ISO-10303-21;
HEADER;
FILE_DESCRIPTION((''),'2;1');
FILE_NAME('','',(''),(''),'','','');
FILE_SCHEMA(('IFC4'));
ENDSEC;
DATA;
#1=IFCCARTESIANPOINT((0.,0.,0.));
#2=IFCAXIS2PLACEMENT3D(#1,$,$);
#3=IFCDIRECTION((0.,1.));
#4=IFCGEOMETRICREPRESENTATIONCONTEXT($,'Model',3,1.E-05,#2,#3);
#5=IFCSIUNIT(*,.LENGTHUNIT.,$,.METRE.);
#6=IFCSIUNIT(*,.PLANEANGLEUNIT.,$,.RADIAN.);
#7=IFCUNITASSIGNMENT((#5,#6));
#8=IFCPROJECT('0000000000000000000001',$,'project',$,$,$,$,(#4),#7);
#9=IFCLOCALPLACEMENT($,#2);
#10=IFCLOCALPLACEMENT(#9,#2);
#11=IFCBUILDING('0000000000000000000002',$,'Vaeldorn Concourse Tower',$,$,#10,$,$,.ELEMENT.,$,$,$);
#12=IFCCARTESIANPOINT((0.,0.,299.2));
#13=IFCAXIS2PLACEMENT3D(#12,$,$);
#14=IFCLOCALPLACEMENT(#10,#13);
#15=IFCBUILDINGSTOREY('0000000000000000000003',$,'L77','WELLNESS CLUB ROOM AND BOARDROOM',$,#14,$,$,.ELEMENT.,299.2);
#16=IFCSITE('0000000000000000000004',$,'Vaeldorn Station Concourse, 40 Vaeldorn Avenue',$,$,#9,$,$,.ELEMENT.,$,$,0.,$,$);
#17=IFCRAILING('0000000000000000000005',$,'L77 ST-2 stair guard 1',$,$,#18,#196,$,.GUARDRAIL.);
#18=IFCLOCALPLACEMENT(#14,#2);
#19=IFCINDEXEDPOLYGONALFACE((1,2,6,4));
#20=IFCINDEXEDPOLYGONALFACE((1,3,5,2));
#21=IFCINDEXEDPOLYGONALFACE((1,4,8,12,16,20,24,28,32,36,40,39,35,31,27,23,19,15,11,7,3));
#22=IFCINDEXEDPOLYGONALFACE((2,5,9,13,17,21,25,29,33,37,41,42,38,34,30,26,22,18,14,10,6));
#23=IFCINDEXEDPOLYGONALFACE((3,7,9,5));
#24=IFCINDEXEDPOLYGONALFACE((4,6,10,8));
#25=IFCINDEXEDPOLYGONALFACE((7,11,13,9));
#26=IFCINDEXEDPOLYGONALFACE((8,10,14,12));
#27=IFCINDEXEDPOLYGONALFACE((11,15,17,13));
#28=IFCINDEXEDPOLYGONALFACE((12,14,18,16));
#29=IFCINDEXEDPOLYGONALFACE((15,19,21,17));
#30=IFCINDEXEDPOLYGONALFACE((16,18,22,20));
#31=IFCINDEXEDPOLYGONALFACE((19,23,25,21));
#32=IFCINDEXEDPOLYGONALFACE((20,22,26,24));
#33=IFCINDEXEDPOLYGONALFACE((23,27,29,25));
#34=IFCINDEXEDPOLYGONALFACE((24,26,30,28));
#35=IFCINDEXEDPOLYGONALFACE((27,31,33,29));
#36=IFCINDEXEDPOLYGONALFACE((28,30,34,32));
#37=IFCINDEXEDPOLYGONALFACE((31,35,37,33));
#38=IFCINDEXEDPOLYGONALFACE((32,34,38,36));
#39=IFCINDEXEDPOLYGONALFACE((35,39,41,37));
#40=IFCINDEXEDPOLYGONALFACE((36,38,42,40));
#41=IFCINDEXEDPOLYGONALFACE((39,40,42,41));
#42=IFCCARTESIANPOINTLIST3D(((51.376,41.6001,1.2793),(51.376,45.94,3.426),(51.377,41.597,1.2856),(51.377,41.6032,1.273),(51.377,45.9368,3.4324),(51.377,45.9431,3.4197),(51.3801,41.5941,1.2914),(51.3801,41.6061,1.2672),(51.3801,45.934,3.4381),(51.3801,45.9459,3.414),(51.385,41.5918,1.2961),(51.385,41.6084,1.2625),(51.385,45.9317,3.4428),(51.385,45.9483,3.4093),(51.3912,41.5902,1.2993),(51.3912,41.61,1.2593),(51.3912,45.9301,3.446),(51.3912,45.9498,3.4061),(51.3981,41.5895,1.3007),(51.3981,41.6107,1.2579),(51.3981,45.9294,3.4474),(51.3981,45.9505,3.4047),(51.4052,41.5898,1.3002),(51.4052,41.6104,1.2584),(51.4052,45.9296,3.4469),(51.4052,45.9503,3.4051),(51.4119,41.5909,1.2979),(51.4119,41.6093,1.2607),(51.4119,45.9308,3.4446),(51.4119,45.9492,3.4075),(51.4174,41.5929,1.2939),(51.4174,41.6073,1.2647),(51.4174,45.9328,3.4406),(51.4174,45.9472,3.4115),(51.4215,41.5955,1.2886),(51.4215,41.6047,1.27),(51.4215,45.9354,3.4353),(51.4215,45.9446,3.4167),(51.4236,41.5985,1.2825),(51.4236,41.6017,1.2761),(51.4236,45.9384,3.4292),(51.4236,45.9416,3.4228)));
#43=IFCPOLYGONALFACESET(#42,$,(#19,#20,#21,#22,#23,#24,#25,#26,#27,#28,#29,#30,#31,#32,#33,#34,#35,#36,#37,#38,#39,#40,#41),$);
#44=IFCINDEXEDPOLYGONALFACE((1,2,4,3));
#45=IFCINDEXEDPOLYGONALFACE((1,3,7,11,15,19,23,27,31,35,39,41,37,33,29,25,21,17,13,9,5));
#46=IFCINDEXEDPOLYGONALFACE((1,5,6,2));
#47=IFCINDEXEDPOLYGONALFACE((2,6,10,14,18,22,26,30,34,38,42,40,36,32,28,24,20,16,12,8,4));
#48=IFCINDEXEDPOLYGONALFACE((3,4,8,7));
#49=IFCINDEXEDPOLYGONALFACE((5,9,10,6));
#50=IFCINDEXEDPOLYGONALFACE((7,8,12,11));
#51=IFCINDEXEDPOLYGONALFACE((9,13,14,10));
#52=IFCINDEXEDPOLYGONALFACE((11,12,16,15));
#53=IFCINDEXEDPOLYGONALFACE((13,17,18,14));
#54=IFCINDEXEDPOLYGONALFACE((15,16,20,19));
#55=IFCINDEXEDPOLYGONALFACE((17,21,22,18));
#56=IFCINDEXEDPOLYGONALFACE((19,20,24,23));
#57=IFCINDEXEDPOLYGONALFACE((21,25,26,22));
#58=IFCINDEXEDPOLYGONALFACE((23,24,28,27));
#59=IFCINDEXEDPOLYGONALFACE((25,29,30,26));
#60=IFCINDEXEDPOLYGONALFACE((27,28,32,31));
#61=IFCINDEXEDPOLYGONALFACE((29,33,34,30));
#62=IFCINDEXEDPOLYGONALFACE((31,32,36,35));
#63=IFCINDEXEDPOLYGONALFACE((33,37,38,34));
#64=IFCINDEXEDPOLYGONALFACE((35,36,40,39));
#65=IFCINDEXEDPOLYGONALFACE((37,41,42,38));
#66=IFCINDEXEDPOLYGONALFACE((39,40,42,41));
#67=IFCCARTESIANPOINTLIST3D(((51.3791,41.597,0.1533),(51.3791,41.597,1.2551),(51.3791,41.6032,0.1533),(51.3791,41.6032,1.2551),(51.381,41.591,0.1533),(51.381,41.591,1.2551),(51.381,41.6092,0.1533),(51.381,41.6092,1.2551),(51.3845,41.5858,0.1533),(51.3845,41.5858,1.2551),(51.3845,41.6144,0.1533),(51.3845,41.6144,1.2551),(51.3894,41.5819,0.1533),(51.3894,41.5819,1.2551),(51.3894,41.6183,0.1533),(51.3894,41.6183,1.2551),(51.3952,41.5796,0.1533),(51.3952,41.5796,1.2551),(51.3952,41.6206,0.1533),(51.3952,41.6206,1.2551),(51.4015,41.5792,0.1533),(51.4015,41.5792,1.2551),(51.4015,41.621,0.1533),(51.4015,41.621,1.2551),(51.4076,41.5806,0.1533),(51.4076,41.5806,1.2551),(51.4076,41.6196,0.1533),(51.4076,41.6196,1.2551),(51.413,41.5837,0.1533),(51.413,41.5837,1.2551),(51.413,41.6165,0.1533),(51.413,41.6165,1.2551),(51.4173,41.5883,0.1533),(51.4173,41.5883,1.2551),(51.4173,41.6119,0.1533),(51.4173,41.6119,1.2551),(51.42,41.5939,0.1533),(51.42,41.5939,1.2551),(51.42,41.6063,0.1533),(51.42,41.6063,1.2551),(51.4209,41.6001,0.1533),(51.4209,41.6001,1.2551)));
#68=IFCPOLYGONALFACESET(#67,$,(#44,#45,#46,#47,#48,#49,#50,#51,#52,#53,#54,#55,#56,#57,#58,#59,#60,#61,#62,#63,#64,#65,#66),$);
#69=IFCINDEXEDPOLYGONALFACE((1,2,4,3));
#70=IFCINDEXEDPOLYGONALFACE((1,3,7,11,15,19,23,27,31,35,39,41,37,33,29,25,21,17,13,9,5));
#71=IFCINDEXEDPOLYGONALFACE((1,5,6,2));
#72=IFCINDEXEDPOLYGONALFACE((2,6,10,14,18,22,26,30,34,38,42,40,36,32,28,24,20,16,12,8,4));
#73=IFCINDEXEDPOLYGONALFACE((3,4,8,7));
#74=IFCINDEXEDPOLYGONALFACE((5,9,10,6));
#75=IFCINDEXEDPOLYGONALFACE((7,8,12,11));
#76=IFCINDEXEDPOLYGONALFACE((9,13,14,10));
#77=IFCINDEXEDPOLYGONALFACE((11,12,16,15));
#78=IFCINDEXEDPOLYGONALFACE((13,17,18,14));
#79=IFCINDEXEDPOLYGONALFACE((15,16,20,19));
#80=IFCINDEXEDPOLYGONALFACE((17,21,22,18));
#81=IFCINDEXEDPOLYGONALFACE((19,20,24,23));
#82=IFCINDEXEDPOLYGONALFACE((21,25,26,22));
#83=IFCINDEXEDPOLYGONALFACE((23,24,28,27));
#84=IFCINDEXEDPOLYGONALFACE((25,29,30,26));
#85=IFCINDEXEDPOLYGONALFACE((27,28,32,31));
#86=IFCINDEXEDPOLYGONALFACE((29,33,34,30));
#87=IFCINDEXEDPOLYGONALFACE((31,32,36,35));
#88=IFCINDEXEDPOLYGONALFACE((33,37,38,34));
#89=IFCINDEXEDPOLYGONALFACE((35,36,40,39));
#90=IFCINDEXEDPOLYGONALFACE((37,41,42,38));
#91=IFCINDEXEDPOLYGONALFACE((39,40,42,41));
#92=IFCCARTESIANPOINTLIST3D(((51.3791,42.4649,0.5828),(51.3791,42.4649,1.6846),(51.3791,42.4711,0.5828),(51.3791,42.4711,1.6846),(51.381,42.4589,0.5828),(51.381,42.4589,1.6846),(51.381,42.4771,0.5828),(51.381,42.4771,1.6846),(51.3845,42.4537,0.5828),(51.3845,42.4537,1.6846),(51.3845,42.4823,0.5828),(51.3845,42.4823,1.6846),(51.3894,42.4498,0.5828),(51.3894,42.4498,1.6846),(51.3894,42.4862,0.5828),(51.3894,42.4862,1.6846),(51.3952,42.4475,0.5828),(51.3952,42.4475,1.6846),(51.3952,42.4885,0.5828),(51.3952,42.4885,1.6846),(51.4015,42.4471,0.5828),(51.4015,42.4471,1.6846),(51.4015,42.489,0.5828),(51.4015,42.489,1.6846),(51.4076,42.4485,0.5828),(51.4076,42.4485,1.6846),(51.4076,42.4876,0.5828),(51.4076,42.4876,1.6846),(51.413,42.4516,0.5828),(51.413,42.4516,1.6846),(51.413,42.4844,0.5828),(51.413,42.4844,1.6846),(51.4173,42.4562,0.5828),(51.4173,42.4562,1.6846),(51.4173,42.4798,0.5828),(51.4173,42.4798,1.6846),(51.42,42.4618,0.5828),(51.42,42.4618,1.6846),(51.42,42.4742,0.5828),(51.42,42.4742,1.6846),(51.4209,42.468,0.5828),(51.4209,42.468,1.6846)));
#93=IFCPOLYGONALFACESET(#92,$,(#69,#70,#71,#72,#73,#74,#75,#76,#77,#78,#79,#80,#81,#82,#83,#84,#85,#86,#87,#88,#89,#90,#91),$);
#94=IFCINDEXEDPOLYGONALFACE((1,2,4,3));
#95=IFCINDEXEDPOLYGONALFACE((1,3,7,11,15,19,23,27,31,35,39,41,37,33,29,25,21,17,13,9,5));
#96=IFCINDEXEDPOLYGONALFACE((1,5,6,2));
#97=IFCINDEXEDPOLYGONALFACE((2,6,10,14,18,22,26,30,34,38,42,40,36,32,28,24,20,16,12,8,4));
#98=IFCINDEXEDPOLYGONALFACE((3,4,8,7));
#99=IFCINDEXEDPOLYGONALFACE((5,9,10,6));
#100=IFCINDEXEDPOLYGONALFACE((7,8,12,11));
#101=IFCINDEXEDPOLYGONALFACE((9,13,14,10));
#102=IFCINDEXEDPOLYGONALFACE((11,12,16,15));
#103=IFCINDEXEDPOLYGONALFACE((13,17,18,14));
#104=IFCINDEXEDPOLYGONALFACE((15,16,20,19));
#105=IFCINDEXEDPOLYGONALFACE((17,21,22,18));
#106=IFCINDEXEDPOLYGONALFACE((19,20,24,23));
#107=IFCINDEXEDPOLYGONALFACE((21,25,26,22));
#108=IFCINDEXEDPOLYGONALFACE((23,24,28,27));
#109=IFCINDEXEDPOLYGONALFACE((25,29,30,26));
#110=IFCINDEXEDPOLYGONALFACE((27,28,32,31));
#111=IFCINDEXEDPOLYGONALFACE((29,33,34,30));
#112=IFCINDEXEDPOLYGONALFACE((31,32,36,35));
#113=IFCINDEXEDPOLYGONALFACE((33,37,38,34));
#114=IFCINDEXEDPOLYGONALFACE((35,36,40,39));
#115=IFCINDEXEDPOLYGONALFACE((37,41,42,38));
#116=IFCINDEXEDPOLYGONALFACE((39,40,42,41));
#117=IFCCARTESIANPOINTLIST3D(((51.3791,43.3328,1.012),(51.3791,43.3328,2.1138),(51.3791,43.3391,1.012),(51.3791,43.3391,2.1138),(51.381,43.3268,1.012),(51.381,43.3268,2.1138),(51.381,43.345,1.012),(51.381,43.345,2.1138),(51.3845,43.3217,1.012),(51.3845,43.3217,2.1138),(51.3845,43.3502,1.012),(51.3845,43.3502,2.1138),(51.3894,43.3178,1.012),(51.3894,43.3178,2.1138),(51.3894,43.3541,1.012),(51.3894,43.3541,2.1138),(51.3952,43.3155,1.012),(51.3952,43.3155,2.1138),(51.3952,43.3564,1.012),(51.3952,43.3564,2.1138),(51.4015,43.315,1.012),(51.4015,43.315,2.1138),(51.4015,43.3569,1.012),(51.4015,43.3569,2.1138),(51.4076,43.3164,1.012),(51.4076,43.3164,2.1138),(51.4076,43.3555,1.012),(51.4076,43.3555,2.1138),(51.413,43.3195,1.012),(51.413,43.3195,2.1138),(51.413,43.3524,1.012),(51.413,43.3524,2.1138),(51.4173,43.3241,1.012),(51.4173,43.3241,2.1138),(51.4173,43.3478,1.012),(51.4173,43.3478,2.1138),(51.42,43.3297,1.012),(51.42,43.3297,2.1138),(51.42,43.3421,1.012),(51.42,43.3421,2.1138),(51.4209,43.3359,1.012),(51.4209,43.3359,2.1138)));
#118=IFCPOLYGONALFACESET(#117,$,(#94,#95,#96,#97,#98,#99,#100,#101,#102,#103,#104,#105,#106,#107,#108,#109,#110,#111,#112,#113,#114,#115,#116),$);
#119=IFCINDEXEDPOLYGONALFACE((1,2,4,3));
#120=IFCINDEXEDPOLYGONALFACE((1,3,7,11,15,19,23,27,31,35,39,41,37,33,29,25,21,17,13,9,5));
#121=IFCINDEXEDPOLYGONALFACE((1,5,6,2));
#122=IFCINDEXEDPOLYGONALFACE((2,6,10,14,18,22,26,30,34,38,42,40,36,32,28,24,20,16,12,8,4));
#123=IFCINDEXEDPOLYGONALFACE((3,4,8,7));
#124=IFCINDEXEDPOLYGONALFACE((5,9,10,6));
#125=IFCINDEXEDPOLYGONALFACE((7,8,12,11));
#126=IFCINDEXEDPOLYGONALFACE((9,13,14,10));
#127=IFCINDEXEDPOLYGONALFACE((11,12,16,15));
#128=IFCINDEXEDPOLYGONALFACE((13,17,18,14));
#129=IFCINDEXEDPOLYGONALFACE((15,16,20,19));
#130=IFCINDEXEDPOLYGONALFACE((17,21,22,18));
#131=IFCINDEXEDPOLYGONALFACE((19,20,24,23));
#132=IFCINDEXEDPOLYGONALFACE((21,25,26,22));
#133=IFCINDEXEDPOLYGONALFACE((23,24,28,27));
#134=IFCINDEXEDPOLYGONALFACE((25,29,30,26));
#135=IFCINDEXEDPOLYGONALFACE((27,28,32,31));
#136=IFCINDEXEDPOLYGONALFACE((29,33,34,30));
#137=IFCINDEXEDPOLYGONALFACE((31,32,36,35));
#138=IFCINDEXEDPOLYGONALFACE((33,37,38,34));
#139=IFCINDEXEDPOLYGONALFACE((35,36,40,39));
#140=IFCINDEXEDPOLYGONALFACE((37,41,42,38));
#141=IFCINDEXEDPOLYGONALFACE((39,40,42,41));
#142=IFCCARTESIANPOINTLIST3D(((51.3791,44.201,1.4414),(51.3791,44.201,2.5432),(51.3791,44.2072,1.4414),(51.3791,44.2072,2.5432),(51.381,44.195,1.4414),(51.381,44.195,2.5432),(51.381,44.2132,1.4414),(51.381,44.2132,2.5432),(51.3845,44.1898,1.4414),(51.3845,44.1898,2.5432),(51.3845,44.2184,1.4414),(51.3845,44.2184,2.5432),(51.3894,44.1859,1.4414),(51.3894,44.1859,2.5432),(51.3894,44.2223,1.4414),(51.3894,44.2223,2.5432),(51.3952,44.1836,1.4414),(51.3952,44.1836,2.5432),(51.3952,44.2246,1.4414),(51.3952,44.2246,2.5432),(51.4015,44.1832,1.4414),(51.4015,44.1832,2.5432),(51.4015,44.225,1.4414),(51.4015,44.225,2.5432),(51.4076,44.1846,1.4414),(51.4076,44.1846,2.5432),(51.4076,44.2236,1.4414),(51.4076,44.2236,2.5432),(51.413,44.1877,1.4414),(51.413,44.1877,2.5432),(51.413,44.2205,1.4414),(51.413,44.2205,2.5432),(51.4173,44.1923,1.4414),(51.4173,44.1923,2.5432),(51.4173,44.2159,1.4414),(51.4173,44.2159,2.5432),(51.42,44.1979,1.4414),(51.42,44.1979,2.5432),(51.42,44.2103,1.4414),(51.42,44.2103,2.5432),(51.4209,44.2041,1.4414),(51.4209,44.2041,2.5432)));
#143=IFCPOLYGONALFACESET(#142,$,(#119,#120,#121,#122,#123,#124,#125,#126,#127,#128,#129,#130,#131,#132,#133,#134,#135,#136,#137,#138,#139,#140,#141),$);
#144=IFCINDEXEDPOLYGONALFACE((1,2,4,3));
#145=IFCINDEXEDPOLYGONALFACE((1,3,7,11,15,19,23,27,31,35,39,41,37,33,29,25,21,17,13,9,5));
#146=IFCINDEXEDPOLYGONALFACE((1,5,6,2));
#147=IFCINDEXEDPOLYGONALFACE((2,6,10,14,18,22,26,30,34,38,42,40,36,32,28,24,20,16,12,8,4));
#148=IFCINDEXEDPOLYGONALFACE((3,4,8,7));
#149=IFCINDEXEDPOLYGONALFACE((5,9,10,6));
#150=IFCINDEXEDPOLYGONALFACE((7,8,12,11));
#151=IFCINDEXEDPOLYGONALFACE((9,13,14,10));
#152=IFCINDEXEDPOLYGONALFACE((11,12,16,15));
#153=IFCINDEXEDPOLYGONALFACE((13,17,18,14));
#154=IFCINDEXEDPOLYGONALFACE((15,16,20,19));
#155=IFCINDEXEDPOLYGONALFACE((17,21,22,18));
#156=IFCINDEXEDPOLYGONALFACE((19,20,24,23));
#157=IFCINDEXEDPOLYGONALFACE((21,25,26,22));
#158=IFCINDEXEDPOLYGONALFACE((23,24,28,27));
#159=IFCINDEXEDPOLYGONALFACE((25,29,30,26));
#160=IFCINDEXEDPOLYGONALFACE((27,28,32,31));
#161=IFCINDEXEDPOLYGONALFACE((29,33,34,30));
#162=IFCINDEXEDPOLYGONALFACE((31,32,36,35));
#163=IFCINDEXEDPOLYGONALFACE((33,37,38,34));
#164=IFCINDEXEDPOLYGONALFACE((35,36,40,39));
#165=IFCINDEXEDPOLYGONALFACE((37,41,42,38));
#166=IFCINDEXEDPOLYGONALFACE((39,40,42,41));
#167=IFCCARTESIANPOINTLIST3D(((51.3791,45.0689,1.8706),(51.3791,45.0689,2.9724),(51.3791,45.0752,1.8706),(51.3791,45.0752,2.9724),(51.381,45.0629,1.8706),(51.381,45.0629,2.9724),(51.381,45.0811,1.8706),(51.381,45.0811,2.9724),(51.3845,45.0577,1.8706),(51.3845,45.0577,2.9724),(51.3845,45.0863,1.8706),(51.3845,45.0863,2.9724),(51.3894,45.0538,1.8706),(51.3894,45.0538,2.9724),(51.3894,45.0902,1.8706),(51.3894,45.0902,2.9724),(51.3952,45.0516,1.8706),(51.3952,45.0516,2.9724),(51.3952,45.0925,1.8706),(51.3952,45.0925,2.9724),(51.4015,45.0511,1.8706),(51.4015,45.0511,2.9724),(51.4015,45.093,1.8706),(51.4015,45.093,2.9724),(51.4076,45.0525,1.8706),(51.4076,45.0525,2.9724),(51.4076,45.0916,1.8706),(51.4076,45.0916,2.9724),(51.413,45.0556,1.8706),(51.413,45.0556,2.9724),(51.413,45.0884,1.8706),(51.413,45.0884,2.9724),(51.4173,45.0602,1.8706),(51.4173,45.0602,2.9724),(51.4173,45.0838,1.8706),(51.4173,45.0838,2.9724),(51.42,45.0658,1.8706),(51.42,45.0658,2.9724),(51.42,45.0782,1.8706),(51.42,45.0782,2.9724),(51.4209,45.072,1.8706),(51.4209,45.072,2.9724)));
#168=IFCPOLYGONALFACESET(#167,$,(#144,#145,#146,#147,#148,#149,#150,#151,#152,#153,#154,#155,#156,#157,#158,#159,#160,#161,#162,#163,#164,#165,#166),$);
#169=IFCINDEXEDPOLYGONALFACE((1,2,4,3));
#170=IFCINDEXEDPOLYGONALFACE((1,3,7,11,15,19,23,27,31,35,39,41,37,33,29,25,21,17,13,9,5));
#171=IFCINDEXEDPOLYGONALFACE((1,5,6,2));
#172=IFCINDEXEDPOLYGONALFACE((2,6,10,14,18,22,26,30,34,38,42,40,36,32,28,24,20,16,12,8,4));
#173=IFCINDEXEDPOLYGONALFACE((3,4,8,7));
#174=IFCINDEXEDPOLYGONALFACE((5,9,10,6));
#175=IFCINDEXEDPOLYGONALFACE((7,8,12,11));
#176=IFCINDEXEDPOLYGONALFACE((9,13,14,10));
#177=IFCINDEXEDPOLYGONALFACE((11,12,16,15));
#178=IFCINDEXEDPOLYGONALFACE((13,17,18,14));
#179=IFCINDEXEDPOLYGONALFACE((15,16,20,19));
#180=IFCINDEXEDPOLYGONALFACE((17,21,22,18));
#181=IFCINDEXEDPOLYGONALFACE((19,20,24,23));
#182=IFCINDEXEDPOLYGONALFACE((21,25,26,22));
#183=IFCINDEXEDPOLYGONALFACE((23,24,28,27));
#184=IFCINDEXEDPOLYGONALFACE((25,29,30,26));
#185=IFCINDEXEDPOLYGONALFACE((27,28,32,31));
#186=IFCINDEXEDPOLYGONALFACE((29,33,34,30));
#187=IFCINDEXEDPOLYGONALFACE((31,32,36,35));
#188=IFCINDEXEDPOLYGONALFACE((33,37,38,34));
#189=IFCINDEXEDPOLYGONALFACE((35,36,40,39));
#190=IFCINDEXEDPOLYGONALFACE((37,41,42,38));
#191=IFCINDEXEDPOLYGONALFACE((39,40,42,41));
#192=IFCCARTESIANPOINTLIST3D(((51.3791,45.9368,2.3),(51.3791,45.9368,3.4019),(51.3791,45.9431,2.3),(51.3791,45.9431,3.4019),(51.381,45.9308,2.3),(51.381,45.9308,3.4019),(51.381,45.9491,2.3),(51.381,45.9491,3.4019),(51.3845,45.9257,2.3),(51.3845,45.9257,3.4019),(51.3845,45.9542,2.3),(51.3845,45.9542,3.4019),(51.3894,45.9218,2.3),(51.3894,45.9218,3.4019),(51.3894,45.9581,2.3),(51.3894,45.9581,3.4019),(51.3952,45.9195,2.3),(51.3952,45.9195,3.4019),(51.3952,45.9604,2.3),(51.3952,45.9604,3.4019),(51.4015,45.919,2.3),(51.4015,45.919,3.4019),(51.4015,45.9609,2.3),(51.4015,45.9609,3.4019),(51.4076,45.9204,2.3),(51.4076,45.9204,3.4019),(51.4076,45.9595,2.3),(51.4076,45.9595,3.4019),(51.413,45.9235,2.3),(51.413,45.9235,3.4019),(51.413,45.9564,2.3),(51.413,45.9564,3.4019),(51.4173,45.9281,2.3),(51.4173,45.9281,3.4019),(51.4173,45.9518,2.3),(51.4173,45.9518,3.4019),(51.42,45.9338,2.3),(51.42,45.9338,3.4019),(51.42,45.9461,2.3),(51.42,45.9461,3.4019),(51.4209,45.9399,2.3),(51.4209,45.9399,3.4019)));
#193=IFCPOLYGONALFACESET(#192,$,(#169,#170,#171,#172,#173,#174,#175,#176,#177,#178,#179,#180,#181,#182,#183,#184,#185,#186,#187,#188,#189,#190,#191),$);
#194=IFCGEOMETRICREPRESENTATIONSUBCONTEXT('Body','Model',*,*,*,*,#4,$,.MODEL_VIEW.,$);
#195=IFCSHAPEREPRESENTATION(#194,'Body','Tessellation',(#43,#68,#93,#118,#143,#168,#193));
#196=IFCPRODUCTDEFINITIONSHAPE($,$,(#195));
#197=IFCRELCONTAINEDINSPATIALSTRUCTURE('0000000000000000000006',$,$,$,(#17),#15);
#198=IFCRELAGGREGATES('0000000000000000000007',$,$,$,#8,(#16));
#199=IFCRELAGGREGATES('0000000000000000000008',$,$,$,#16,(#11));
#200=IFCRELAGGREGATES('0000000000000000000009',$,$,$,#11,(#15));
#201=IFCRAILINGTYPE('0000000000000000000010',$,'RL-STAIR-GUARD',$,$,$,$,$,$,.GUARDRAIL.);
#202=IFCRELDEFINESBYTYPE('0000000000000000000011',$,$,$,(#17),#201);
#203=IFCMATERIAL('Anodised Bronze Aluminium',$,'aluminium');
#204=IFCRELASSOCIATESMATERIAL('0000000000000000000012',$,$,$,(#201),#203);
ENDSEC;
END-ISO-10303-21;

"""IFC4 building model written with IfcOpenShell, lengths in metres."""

from ifc_helpers import new_model, si_unit, direction, frame, origin, origin_2d, place, context, subcontext, project, spatial, circle, extrude, material, type_object, element, save


model = new_model("IFC4")

# Units and contexts
model_context = context("Model", 3, precision=1e-05, world=origin(), true_north=direction((0.0, 1.0)))
body_context = subcontext(model_context, "Body", "Model", "MODEL_VIEW")
ifc_project = project(units=[si_unit("LENGTHUNIT", "METRE"), si_unit("PLANEANGLEUNIT", "RADIAN")], contexts=[model_context])

# Site, building, storey
site_placement = place(None, origin())
site = spatial("IfcSite", under=ifc_project, at=site_placement, Name="Vaeldorn Station Concourse, 40 Vaeldorn Avenue", CompositionType="ELEMENT", RefElevation=0.0)
building_placement = place(site_placement, origin())
building = spatial("IfcBuilding", under=site, at=building_placement, Name="Vaeldorn Concourse Tower", CompositionType="ELEMENT")
storey_placement = place(building_placement, frame((0.0, 0.0, 299.2)))
storey = spatial("IfcBuildingStorey", under=building, at=storey_placement, Name="L77", Description="WELLNESS CLUB ROOM AND BOARDROOM", CompositionType="ELEMENT", Elevation=299.2)

# Shared definitions
ifc_material_1 = material(Name="Anodised Bronze Aluminium", Category="aluminium")

# Railing
railing_type_1 = type_object("IfcRailingType", Name="RL-STAIR-GUARD", PredefinedType="GUARDRAIL", material=ifc_material_1)
railing_1_placement = place(storey_placement, frame((51.3999, 41.6001, 0.1533)))
element("IfcRailing", 1, at=railing_1_placement, inside=storey, type_object=railing_type_1, Name="L77 ST-2 stair guard 1", PredefinedType="GUARDRAIL", context=body_context, shape_type="SweptSolid", body=[
    extrude(circle(Radius=0.0239, at=origin_2d()), frame((0.0, 0.0, 1.126), z_axis=(0.0, 0.896335, 0.443377), x_axis=(-1.0, 0.0, 0.0)), (0.0, 0.0, 1.0), 4.8418),
    extrude(circle(Radius=0.021, at=origin_2d()), origin(), (0.0, 0.0, 1.0), 1.1018),
    extrude(circle(Radius=0.021, at=origin_2d()), frame((0.0, 0.8679, 0.4294)), (0.0, 0.0, 1.0), 1.1018),
    extrude(circle(Radius=0.021, at=origin_2d()), frame((0.0, 1.7358, 0.8586)), (0.0, 0.0, 1.0), 1.1018),
    extrude(circle(Radius=0.021, at=origin_2d()), frame((0.0, 2.604, 1.2881)), (0.0, 0.0, 1.0), 1.1018),
    extrude(circle(Radius=0.021, at=origin_2d()), frame((0.0, 3.4719, 1.7173)), (0.0, 0.0, 1.0), 1.1018),
    extrude(circle(Radius=0.021, at=origin_2d()), frame((0.0, 4.3398, 2.1467)), (0.0, 0.0, 1.0), 1.1018),
])

save(model, "model.ifc")
